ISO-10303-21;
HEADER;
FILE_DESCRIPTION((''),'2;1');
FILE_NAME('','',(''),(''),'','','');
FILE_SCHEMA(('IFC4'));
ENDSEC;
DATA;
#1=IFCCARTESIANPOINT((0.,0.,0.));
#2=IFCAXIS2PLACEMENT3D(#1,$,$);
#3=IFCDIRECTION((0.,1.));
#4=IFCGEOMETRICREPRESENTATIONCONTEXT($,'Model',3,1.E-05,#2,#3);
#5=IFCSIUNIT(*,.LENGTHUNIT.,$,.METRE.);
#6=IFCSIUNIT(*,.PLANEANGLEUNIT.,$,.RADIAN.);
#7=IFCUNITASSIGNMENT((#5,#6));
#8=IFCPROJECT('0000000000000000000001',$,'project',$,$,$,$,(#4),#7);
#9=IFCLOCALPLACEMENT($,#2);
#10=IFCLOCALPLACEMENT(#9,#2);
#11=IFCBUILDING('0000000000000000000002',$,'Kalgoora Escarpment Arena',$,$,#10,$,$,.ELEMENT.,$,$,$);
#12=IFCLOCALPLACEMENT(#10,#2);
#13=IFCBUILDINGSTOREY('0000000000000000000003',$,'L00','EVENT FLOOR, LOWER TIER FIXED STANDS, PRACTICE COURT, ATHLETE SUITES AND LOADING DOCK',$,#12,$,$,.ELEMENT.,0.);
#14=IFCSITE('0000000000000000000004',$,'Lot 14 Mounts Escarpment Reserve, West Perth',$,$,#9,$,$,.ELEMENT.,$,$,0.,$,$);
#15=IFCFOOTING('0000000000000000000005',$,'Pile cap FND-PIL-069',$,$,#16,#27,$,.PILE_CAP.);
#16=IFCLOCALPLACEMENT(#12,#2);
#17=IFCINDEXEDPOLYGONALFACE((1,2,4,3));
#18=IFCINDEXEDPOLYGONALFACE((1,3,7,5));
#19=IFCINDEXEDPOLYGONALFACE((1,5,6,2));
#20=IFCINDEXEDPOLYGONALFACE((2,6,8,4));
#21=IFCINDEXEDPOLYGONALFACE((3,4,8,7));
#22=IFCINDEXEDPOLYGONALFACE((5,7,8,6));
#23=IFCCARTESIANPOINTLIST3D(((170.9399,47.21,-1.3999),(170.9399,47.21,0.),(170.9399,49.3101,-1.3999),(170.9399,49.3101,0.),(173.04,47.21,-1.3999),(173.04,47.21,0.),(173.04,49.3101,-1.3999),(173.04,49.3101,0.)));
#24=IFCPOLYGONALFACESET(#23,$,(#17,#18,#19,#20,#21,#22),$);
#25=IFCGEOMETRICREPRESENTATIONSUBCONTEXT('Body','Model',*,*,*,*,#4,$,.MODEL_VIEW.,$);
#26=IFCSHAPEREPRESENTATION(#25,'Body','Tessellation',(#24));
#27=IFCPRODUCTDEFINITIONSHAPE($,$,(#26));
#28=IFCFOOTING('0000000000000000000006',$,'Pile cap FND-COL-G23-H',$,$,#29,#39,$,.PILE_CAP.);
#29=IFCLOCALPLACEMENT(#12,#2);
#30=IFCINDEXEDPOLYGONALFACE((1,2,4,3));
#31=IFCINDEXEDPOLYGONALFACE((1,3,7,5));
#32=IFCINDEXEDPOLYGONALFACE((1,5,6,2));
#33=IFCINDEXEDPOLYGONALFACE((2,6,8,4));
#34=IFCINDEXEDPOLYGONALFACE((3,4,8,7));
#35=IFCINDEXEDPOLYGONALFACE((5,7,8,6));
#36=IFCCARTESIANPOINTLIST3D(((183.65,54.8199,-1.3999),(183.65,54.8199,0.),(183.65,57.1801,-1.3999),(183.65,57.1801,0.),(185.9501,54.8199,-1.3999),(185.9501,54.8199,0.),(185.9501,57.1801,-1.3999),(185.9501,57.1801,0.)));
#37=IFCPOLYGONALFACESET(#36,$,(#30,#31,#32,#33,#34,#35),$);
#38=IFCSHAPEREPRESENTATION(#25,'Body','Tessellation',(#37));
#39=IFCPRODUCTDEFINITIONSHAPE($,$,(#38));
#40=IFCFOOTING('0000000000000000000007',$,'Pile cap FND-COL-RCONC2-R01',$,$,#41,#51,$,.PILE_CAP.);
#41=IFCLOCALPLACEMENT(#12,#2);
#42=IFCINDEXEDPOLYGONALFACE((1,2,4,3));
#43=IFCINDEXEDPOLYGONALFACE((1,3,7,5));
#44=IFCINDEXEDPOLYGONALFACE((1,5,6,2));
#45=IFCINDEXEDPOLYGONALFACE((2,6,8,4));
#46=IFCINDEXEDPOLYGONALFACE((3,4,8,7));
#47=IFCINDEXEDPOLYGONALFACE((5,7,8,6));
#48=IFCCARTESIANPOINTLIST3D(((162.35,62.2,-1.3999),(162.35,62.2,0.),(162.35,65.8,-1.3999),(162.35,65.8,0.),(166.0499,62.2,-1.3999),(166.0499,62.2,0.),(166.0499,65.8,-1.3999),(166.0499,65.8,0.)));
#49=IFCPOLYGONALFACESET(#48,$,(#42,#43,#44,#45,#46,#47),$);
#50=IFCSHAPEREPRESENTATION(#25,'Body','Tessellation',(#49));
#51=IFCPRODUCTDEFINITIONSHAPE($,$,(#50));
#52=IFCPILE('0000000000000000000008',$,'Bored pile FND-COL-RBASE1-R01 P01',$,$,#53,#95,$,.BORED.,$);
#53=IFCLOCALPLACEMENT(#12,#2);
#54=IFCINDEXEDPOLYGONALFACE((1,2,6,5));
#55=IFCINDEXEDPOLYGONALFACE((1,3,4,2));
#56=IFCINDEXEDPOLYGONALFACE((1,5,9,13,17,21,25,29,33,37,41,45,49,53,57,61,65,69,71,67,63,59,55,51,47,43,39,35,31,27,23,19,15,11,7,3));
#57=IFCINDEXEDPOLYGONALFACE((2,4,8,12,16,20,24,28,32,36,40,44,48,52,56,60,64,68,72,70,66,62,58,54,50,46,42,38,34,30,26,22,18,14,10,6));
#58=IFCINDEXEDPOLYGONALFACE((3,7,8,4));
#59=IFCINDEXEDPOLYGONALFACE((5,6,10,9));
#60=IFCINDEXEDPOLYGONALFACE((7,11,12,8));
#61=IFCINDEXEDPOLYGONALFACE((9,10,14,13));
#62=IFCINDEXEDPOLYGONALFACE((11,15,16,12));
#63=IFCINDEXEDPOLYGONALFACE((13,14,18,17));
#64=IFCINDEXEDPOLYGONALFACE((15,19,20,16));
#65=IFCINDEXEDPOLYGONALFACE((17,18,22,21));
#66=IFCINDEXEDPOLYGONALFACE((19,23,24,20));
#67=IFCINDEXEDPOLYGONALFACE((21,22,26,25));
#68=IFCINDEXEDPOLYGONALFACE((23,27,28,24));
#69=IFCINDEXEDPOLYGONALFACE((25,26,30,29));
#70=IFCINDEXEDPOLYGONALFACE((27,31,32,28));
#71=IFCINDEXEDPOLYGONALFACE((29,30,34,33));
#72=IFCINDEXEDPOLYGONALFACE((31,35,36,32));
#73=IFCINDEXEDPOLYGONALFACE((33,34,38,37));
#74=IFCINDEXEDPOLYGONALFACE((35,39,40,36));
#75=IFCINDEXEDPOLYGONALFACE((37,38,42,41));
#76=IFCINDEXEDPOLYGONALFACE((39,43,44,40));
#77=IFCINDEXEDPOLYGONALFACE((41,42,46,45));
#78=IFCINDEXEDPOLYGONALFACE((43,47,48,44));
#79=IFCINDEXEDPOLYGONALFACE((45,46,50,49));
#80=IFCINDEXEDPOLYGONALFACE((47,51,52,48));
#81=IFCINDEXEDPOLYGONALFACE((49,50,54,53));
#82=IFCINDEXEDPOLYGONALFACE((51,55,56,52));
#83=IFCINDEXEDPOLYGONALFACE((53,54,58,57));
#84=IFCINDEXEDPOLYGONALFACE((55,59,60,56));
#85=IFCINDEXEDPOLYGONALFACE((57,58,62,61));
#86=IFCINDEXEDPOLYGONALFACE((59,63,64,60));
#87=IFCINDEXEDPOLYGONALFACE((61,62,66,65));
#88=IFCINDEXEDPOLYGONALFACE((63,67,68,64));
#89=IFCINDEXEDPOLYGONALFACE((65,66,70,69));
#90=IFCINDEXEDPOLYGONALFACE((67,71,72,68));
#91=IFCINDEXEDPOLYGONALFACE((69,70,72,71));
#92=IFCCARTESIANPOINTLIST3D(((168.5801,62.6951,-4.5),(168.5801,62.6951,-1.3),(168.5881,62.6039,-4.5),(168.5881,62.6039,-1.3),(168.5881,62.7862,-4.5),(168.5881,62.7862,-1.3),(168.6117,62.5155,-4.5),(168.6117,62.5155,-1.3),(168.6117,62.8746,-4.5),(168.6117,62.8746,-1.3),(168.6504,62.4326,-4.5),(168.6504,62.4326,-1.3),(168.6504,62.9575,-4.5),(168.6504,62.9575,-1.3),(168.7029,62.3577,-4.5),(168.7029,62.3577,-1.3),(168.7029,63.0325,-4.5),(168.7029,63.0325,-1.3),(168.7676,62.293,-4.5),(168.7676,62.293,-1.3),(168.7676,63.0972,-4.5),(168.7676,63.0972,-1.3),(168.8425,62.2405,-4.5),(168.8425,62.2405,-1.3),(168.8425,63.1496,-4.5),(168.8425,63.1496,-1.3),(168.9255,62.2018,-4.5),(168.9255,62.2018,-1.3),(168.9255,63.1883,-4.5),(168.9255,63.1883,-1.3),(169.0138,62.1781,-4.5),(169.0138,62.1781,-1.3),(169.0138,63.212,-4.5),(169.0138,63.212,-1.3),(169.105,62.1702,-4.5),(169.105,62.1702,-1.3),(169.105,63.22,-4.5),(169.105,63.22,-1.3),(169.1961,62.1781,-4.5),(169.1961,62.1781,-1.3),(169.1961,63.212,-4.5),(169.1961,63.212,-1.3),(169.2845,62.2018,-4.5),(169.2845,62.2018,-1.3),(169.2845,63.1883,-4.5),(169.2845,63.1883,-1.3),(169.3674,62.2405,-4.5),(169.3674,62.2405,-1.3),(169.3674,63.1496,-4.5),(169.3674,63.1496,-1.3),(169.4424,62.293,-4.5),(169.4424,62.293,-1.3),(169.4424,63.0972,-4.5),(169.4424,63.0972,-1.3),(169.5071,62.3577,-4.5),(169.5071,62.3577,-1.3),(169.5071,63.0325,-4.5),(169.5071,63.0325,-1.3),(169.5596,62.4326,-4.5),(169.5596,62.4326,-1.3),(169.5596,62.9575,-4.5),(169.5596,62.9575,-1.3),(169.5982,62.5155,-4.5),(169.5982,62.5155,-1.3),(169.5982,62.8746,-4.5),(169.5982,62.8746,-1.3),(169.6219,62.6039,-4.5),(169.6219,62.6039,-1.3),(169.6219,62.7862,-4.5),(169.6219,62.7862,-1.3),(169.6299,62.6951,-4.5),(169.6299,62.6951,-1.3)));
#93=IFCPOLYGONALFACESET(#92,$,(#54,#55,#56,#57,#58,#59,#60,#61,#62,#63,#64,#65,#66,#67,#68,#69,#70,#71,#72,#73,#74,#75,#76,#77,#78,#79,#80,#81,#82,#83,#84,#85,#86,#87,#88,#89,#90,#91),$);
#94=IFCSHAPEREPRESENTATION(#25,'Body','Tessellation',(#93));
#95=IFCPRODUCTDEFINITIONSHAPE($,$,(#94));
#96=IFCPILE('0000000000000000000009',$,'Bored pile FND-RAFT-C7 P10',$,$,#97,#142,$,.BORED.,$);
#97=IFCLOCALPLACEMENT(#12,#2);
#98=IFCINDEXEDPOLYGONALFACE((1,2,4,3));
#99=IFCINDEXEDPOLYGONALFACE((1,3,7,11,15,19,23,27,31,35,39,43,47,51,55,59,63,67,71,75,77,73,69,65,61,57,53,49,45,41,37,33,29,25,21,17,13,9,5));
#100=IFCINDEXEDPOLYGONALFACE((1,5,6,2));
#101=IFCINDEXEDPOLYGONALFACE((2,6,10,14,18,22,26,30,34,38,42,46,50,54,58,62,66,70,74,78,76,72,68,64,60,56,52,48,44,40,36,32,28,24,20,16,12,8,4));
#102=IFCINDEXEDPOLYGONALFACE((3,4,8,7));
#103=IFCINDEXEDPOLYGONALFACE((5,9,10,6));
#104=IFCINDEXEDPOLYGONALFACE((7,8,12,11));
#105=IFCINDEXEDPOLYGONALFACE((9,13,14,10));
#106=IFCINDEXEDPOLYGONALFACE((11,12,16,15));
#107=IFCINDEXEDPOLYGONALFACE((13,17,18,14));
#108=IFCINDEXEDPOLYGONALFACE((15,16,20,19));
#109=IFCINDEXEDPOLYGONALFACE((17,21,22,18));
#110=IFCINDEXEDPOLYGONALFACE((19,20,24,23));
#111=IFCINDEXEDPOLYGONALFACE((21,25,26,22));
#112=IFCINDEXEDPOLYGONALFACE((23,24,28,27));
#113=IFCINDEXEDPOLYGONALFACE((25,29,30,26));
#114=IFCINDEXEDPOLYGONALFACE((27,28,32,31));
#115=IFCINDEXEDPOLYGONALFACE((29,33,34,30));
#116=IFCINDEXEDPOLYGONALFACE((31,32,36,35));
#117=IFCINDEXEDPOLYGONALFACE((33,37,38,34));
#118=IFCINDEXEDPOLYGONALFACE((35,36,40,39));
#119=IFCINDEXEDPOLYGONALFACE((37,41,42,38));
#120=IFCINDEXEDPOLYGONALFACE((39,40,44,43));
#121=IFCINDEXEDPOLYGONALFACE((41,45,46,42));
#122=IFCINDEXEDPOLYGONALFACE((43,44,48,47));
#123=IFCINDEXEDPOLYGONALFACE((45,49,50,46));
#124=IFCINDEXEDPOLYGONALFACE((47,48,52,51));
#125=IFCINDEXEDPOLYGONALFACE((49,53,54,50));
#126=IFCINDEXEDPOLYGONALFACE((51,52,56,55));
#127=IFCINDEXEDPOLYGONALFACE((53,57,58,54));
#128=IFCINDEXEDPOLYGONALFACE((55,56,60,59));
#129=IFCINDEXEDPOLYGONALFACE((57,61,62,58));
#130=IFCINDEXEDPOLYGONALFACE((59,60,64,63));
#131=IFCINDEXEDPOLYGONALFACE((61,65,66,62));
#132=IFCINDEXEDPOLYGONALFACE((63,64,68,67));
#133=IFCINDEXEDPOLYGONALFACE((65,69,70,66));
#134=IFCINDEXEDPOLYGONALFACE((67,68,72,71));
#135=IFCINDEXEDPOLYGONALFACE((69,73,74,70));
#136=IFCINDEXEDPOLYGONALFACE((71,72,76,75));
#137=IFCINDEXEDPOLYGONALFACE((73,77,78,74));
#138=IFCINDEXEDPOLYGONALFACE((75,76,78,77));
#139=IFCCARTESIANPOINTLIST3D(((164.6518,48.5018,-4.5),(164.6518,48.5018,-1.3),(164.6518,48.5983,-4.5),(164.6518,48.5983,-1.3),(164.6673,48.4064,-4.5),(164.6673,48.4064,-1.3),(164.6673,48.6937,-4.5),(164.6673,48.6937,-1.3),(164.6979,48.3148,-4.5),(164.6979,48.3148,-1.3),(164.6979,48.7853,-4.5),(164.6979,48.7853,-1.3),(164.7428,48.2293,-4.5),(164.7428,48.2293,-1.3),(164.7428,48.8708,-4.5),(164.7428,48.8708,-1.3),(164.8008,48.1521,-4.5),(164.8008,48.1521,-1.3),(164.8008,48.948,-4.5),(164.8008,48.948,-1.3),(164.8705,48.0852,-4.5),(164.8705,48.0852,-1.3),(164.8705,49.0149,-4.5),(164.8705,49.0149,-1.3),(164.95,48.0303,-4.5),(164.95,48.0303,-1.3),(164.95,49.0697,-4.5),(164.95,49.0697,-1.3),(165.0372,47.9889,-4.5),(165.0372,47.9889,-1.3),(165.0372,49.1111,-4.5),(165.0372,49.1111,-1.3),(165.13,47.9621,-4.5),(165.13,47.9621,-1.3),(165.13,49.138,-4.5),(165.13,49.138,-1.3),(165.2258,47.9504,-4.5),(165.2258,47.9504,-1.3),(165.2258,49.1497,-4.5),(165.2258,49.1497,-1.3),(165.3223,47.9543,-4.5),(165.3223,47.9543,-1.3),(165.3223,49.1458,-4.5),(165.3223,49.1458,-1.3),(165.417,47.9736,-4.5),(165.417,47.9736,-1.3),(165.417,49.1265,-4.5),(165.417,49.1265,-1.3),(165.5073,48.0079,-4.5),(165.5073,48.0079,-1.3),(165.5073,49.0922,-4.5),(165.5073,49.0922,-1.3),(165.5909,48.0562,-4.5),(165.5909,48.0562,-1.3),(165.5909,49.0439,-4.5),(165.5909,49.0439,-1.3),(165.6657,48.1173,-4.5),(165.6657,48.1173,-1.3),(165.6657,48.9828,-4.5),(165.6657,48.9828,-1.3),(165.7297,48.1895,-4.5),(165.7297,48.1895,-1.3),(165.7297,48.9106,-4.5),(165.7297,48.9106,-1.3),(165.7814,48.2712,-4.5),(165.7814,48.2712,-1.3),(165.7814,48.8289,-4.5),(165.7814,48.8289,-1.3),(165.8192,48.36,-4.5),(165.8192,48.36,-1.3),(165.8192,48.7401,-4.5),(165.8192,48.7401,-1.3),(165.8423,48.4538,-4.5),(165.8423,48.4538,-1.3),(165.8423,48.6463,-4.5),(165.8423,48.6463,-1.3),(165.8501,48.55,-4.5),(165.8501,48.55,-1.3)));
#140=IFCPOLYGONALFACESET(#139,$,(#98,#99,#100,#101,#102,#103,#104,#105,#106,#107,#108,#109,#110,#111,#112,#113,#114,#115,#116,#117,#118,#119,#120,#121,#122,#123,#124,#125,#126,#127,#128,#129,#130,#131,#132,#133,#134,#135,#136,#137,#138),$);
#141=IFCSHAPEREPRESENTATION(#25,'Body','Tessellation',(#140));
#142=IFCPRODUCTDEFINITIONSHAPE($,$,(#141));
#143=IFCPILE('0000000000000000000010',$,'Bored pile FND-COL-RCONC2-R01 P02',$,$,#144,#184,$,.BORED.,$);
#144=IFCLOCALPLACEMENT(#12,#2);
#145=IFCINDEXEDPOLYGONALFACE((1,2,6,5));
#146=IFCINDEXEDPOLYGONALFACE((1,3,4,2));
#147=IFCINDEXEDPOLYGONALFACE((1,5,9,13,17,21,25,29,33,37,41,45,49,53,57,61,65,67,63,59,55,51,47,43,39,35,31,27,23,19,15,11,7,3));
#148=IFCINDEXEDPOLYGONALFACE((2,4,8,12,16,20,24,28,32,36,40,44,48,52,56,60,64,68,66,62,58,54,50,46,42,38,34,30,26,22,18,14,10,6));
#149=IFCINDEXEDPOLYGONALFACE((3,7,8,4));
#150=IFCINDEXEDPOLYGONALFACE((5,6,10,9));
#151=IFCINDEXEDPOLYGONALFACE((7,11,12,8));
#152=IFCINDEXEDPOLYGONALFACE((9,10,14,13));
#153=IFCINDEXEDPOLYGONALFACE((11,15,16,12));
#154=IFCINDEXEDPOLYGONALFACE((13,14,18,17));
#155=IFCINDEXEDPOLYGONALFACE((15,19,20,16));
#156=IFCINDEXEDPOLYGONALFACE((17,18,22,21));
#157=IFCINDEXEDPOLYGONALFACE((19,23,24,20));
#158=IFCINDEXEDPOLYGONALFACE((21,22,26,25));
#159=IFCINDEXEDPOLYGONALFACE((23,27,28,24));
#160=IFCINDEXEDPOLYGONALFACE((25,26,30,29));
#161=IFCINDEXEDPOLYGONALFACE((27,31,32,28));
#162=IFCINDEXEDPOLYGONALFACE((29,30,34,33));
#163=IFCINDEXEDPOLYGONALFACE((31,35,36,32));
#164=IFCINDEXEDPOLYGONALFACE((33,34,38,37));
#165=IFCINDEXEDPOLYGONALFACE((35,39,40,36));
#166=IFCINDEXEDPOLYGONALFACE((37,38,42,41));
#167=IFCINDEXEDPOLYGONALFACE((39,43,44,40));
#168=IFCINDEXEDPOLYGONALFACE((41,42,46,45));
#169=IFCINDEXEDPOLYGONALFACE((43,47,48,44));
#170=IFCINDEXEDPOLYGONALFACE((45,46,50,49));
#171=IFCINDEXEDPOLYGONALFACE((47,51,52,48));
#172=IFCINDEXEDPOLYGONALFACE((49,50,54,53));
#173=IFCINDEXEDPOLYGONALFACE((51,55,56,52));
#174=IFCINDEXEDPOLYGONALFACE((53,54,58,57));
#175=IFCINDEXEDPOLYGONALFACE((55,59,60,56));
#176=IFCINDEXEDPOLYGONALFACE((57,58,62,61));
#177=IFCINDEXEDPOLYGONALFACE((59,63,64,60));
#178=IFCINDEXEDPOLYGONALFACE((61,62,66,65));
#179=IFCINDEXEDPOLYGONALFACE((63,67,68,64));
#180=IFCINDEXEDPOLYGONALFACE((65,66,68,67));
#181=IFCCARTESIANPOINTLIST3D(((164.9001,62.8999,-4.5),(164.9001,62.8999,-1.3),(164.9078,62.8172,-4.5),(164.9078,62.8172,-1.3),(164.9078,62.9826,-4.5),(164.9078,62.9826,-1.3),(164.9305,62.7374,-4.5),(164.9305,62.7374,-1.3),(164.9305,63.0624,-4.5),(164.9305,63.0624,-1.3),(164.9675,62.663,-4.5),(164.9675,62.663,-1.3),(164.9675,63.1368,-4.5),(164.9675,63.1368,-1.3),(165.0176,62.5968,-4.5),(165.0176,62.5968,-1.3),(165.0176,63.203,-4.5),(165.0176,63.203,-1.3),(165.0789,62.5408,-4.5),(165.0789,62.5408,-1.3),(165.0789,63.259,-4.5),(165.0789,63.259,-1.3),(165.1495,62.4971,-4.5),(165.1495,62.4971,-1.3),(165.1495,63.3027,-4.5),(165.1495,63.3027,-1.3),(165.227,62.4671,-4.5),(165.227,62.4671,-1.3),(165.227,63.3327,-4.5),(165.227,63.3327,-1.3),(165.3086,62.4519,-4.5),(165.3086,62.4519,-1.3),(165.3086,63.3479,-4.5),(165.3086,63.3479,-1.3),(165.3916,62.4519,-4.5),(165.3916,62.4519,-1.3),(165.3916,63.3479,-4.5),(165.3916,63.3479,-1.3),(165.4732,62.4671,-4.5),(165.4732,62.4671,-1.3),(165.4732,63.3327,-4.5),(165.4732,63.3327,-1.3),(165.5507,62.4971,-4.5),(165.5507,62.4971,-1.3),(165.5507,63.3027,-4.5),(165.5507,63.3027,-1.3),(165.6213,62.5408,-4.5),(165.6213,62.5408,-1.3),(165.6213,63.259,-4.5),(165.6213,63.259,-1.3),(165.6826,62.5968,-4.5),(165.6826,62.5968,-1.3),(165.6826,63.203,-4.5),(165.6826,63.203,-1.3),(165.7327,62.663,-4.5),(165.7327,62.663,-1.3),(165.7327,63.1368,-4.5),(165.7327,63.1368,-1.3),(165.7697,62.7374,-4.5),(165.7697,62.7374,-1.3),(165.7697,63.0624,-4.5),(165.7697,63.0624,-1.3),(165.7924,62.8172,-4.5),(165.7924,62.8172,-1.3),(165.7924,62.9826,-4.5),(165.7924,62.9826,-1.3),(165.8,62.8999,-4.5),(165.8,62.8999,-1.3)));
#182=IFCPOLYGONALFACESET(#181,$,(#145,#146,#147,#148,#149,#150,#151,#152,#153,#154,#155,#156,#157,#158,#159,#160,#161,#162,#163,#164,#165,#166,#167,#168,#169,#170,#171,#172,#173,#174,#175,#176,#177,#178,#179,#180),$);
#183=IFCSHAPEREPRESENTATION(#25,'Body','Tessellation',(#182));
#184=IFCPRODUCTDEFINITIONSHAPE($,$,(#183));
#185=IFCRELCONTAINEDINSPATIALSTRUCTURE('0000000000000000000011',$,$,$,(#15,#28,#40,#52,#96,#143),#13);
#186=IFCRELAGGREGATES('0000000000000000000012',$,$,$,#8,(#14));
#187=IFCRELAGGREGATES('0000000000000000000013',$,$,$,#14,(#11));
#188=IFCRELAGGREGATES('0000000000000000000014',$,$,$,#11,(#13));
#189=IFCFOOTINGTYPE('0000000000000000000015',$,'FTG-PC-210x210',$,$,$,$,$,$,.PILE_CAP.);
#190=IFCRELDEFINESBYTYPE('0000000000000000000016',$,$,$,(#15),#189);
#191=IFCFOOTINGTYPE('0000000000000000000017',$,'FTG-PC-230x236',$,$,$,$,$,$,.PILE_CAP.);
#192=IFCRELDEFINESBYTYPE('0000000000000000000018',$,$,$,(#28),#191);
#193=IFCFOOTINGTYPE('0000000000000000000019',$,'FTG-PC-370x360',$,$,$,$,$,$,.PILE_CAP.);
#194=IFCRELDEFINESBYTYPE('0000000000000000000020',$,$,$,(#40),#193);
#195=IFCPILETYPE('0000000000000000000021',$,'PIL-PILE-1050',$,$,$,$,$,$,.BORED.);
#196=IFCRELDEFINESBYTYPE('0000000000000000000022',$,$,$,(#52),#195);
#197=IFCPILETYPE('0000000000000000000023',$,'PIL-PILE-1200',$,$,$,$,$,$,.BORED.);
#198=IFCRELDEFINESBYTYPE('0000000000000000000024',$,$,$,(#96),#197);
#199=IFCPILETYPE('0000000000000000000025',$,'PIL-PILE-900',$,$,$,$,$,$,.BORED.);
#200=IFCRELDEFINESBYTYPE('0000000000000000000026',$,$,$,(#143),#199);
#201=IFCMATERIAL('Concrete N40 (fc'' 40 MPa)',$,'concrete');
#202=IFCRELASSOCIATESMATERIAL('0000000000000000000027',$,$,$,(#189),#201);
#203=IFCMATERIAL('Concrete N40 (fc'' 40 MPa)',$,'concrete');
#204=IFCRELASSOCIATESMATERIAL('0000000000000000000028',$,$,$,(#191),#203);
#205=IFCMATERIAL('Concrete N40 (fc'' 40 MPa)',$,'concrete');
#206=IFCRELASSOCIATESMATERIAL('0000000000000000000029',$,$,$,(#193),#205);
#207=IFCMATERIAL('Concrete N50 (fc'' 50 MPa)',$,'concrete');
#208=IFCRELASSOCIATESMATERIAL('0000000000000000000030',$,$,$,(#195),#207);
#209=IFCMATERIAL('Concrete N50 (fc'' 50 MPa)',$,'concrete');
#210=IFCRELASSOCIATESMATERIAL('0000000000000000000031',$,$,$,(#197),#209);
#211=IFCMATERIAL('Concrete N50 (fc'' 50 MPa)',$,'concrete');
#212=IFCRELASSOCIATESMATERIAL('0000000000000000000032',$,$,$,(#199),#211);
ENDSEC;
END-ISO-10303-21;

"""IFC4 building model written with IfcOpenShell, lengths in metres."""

from ifc_helpers import new_model, si_unit, direction, frame, origin, origin_2d, place, context, subcontext, project, spatial, rectangle, circle, extrude, material, material_profile, profile_set, type_object, element, save


model = new_model("IFC4")

# Units and contexts
model_context = context("Model", 3, precision=1e-05, world=origin(), true_north=direction((0.0, 1.0)))
body_context = subcontext(model_context, "Body", "Model", "MODEL_VIEW")
ifc_project = project(units=[si_unit("LENGTHUNIT", "METRE"), si_unit("PLANEANGLEUNIT", "RADIAN")], contexts=[model_context])

# Site, building, storey
site_placement = place(None, origin())
site = spatial("IfcSite", under=ifc_project, at=site_placement, Name="Lot 14 Mounts Escarpment Reserve, West Perth", CompositionType="ELEMENT", RefElevation=0.0)
building_placement = place(site_placement, origin())
building = spatial("IfcBuilding", under=site, at=building_placement, Name="Kalgoora Escarpment Arena", CompositionType="ELEMENT")
storey_placement = place(building_placement, origin())
storey = spatial("IfcBuildingStorey", under=building, at=storey_placement, Name="L00", Description="EVENT FLOOR, LOWER TIER FIXED STANDS, PRACTICE COURT, ATHLETE SUITES AND LOADING DOCK", CompositionType="ELEMENT", Elevation=0.0)

# Footings
ifc_material_1 = material(Name="Concrete N40 (fc' 40 MPa)", Category="concrete")
footing_type_1 = type_object("IfcFootingType", Name="FTG-PC-210x210", PredefinedType="PILE_CAP", material=ifc_material_1)
footing_1_placement = place(storey_placement, frame((171.99, 48.26, -1.3999), z_axis=(0.0, 0.0, 1.0), x_axis=(1.0, 0.0, 0.0)))
element("IfcFooting", 1, at=footing_1_placement, inside=storey, type_object=footing_type_1, Name="Pile cap FND-PIL-069", PredefinedType="PILE_CAP", context=body_context, shape_type="SweptSolid", body=[
    extrude(rectangle(XDim=2.1001, YDim=2.1001, at=origin_2d()), origin(), (0.0, 0.0, 1.0), 1.3999),
])
ifc_material_2 = material(Name="Concrete N40 (fc' 40 MPa)", Category="concrete")
footing_type_2 = type_object("IfcFootingType", Name="FTG-PC-230x236", PredefinedType="PILE_CAP", material=ifc_material_2)
footing_2_placement = place(storey_placement, frame((184.8, 56.0, -1.3999), z_axis=(0.0, 0.0, 1.0), x_axis=(1.0, 0.0, 0.0)))
element("IfcFooting", 2, at=footing_2_placement, inside=storey, type_object=footing_type_2, Name="Pile cap FND-COL-G23-H", PredefinedType="PILE_CAP", context=body_context, shape_type="SweptSolid", body=[
    extrude(rectangle(XDim=2.3, YDim=2.3601, at=origin_2d()), origin(), (0.0, 0.0, 1.0), 1.3999),
])
ifc_material_3 = material(Name="Concrete N40 (fc' 40 MPa)", Category="concrete")
footing_type_3 = type_object("IfcFootingType", Name="FTG-PC-370x360", PredefinedType="PILE_CAP", material=ifc_material_3)
footing_3_placement = place(storey_placement, frame((164.2, 64.0, -1.3999), z_axis=(0.0, 0.0, 1.0), x_axis=(1.0, 0.0, 0.0)))
element("IfcFooting", 3, at=footing_3_placement, inside=storey, type_object=footing_type_3, Name="Pile cap FND-COL-RCONC2-R01", PredefinedType="PILE_CAP", context=body_context, shape_type="SweptSolid", body=[
    extrude(rectangle(XDim=3.7, YDim=3.6001, at=origin_2d()), origin(), (0.0, 0.0, 1.0), 1.3999),
])

# Piles
ifc_material_4 = material(Name="Concrete N50 (fc' 50 MPa)", Category="concrete")
ifc_material_profile_1 = material_profile(ifc_material_4, circle(Radius=0.5249, at=origin_2d()))
ifc_profile_set_1 = profile_set([ifc_material_profile_1], Name="Concrete N50 (fc' 50 MPa)")
pile_type_1 = type_object("IfcPileType", Name="PIL-PILE-1050", PredefinedType="BORED", material=ifc_profile_set_1)
pile_1_placement = place(storey_placement, frame((169.105, 62.6951, -1.3), z_axis=(0.0, 0.0, -1.0), x_axis=(1.0, 0.0, 0.0)))
element("IfcPile", 4, at=pile_1_placement, inside=storey, type_object=pile_type_1, Name="Bored pile FND-COL-RBASE1-R01 P01", PredefinedType="BORED", context=body_context, shape_type="SweptSolid", body=[
    extrude(circle(Radius=0.5249, at=origin_2d()), origin(), (0.0, 0.0, 1.0), 3.2),
])
ifc_material_5 = material(Name="Concrete N50 (fc' 50 MPa)", Category="concrete")
ifc_material_profile_2 = material_profile(ifc_material_5, circle(Radius=0.6001, at=origin_2d()))
ifc_profile_set_2 = profile_set([ifc_material_profile_2], Name="Concrete N50 (fc' 50 MPa)")
pile_type_2 = type_object("IfcPileType", Name="PIL-PILE-1200", PredefinedType="BORED", material=ifc_profile_set_2)
pile_2_placement = place(storey_placement, frame((165.25, 48.55, -1.3), z_axis=(0.0, 0.0, -1.0), x_axis=(1.0, 0.0, 0.0)))
element("IfcPile", 5, at=pile_2_placement, inside=storey, type_object=pile_type_2, Name="Bored pile FND-RAFT-C7 P10", PredefinedType="BORED", context=body_context, shape_type="SweptSolid", body=[
    extrude(circle(Radius=0.6001, at=origin_2d()), origin(), (0.0, 0.0, 1.0), 3.2),
])
ifc_material_6 = material(Name="Concrete N50 (fc' 50 MPa)", Category="concrete")
ifc_material_profile_3 = material_profile(ifc_material_6, circle(Radius=0.45, at=origin_2d()))
ifc_profile_set_3 = profile_set([ifc_material_profile_3], Name="Concrete N50 (fc' 50 MPa)")
pile_type_3 = type_object("IfcPileType", Name="PIL-PILE-900", PredefinedType="BORED", material=ifc_profile_set_3)
for number, where, z_axis, x_axis, name in (
    (6, (165.3501, 62.8999, -1.3), (0.0, 0.0, -1.0), (1.0, 0.0, 0.0), "Bored pile FND-COL-RCONC2-R01 P02"),
):
    element("IfcPile", number, at=place(storey_placement, frame(where, z_axis=z_axis, x_axis=x_axis)), inside=storey, type_object=pile_type_3, Name=name, PredefinedType="BORED", context=body_context, shape_type="SweptSolid", body=[
        extrude(circle(Radius=0.45, at=origin_2d()), origin(), (0.0, 0.0, 1.0), 3.2),
    ])

save(model, "model.ifc")
